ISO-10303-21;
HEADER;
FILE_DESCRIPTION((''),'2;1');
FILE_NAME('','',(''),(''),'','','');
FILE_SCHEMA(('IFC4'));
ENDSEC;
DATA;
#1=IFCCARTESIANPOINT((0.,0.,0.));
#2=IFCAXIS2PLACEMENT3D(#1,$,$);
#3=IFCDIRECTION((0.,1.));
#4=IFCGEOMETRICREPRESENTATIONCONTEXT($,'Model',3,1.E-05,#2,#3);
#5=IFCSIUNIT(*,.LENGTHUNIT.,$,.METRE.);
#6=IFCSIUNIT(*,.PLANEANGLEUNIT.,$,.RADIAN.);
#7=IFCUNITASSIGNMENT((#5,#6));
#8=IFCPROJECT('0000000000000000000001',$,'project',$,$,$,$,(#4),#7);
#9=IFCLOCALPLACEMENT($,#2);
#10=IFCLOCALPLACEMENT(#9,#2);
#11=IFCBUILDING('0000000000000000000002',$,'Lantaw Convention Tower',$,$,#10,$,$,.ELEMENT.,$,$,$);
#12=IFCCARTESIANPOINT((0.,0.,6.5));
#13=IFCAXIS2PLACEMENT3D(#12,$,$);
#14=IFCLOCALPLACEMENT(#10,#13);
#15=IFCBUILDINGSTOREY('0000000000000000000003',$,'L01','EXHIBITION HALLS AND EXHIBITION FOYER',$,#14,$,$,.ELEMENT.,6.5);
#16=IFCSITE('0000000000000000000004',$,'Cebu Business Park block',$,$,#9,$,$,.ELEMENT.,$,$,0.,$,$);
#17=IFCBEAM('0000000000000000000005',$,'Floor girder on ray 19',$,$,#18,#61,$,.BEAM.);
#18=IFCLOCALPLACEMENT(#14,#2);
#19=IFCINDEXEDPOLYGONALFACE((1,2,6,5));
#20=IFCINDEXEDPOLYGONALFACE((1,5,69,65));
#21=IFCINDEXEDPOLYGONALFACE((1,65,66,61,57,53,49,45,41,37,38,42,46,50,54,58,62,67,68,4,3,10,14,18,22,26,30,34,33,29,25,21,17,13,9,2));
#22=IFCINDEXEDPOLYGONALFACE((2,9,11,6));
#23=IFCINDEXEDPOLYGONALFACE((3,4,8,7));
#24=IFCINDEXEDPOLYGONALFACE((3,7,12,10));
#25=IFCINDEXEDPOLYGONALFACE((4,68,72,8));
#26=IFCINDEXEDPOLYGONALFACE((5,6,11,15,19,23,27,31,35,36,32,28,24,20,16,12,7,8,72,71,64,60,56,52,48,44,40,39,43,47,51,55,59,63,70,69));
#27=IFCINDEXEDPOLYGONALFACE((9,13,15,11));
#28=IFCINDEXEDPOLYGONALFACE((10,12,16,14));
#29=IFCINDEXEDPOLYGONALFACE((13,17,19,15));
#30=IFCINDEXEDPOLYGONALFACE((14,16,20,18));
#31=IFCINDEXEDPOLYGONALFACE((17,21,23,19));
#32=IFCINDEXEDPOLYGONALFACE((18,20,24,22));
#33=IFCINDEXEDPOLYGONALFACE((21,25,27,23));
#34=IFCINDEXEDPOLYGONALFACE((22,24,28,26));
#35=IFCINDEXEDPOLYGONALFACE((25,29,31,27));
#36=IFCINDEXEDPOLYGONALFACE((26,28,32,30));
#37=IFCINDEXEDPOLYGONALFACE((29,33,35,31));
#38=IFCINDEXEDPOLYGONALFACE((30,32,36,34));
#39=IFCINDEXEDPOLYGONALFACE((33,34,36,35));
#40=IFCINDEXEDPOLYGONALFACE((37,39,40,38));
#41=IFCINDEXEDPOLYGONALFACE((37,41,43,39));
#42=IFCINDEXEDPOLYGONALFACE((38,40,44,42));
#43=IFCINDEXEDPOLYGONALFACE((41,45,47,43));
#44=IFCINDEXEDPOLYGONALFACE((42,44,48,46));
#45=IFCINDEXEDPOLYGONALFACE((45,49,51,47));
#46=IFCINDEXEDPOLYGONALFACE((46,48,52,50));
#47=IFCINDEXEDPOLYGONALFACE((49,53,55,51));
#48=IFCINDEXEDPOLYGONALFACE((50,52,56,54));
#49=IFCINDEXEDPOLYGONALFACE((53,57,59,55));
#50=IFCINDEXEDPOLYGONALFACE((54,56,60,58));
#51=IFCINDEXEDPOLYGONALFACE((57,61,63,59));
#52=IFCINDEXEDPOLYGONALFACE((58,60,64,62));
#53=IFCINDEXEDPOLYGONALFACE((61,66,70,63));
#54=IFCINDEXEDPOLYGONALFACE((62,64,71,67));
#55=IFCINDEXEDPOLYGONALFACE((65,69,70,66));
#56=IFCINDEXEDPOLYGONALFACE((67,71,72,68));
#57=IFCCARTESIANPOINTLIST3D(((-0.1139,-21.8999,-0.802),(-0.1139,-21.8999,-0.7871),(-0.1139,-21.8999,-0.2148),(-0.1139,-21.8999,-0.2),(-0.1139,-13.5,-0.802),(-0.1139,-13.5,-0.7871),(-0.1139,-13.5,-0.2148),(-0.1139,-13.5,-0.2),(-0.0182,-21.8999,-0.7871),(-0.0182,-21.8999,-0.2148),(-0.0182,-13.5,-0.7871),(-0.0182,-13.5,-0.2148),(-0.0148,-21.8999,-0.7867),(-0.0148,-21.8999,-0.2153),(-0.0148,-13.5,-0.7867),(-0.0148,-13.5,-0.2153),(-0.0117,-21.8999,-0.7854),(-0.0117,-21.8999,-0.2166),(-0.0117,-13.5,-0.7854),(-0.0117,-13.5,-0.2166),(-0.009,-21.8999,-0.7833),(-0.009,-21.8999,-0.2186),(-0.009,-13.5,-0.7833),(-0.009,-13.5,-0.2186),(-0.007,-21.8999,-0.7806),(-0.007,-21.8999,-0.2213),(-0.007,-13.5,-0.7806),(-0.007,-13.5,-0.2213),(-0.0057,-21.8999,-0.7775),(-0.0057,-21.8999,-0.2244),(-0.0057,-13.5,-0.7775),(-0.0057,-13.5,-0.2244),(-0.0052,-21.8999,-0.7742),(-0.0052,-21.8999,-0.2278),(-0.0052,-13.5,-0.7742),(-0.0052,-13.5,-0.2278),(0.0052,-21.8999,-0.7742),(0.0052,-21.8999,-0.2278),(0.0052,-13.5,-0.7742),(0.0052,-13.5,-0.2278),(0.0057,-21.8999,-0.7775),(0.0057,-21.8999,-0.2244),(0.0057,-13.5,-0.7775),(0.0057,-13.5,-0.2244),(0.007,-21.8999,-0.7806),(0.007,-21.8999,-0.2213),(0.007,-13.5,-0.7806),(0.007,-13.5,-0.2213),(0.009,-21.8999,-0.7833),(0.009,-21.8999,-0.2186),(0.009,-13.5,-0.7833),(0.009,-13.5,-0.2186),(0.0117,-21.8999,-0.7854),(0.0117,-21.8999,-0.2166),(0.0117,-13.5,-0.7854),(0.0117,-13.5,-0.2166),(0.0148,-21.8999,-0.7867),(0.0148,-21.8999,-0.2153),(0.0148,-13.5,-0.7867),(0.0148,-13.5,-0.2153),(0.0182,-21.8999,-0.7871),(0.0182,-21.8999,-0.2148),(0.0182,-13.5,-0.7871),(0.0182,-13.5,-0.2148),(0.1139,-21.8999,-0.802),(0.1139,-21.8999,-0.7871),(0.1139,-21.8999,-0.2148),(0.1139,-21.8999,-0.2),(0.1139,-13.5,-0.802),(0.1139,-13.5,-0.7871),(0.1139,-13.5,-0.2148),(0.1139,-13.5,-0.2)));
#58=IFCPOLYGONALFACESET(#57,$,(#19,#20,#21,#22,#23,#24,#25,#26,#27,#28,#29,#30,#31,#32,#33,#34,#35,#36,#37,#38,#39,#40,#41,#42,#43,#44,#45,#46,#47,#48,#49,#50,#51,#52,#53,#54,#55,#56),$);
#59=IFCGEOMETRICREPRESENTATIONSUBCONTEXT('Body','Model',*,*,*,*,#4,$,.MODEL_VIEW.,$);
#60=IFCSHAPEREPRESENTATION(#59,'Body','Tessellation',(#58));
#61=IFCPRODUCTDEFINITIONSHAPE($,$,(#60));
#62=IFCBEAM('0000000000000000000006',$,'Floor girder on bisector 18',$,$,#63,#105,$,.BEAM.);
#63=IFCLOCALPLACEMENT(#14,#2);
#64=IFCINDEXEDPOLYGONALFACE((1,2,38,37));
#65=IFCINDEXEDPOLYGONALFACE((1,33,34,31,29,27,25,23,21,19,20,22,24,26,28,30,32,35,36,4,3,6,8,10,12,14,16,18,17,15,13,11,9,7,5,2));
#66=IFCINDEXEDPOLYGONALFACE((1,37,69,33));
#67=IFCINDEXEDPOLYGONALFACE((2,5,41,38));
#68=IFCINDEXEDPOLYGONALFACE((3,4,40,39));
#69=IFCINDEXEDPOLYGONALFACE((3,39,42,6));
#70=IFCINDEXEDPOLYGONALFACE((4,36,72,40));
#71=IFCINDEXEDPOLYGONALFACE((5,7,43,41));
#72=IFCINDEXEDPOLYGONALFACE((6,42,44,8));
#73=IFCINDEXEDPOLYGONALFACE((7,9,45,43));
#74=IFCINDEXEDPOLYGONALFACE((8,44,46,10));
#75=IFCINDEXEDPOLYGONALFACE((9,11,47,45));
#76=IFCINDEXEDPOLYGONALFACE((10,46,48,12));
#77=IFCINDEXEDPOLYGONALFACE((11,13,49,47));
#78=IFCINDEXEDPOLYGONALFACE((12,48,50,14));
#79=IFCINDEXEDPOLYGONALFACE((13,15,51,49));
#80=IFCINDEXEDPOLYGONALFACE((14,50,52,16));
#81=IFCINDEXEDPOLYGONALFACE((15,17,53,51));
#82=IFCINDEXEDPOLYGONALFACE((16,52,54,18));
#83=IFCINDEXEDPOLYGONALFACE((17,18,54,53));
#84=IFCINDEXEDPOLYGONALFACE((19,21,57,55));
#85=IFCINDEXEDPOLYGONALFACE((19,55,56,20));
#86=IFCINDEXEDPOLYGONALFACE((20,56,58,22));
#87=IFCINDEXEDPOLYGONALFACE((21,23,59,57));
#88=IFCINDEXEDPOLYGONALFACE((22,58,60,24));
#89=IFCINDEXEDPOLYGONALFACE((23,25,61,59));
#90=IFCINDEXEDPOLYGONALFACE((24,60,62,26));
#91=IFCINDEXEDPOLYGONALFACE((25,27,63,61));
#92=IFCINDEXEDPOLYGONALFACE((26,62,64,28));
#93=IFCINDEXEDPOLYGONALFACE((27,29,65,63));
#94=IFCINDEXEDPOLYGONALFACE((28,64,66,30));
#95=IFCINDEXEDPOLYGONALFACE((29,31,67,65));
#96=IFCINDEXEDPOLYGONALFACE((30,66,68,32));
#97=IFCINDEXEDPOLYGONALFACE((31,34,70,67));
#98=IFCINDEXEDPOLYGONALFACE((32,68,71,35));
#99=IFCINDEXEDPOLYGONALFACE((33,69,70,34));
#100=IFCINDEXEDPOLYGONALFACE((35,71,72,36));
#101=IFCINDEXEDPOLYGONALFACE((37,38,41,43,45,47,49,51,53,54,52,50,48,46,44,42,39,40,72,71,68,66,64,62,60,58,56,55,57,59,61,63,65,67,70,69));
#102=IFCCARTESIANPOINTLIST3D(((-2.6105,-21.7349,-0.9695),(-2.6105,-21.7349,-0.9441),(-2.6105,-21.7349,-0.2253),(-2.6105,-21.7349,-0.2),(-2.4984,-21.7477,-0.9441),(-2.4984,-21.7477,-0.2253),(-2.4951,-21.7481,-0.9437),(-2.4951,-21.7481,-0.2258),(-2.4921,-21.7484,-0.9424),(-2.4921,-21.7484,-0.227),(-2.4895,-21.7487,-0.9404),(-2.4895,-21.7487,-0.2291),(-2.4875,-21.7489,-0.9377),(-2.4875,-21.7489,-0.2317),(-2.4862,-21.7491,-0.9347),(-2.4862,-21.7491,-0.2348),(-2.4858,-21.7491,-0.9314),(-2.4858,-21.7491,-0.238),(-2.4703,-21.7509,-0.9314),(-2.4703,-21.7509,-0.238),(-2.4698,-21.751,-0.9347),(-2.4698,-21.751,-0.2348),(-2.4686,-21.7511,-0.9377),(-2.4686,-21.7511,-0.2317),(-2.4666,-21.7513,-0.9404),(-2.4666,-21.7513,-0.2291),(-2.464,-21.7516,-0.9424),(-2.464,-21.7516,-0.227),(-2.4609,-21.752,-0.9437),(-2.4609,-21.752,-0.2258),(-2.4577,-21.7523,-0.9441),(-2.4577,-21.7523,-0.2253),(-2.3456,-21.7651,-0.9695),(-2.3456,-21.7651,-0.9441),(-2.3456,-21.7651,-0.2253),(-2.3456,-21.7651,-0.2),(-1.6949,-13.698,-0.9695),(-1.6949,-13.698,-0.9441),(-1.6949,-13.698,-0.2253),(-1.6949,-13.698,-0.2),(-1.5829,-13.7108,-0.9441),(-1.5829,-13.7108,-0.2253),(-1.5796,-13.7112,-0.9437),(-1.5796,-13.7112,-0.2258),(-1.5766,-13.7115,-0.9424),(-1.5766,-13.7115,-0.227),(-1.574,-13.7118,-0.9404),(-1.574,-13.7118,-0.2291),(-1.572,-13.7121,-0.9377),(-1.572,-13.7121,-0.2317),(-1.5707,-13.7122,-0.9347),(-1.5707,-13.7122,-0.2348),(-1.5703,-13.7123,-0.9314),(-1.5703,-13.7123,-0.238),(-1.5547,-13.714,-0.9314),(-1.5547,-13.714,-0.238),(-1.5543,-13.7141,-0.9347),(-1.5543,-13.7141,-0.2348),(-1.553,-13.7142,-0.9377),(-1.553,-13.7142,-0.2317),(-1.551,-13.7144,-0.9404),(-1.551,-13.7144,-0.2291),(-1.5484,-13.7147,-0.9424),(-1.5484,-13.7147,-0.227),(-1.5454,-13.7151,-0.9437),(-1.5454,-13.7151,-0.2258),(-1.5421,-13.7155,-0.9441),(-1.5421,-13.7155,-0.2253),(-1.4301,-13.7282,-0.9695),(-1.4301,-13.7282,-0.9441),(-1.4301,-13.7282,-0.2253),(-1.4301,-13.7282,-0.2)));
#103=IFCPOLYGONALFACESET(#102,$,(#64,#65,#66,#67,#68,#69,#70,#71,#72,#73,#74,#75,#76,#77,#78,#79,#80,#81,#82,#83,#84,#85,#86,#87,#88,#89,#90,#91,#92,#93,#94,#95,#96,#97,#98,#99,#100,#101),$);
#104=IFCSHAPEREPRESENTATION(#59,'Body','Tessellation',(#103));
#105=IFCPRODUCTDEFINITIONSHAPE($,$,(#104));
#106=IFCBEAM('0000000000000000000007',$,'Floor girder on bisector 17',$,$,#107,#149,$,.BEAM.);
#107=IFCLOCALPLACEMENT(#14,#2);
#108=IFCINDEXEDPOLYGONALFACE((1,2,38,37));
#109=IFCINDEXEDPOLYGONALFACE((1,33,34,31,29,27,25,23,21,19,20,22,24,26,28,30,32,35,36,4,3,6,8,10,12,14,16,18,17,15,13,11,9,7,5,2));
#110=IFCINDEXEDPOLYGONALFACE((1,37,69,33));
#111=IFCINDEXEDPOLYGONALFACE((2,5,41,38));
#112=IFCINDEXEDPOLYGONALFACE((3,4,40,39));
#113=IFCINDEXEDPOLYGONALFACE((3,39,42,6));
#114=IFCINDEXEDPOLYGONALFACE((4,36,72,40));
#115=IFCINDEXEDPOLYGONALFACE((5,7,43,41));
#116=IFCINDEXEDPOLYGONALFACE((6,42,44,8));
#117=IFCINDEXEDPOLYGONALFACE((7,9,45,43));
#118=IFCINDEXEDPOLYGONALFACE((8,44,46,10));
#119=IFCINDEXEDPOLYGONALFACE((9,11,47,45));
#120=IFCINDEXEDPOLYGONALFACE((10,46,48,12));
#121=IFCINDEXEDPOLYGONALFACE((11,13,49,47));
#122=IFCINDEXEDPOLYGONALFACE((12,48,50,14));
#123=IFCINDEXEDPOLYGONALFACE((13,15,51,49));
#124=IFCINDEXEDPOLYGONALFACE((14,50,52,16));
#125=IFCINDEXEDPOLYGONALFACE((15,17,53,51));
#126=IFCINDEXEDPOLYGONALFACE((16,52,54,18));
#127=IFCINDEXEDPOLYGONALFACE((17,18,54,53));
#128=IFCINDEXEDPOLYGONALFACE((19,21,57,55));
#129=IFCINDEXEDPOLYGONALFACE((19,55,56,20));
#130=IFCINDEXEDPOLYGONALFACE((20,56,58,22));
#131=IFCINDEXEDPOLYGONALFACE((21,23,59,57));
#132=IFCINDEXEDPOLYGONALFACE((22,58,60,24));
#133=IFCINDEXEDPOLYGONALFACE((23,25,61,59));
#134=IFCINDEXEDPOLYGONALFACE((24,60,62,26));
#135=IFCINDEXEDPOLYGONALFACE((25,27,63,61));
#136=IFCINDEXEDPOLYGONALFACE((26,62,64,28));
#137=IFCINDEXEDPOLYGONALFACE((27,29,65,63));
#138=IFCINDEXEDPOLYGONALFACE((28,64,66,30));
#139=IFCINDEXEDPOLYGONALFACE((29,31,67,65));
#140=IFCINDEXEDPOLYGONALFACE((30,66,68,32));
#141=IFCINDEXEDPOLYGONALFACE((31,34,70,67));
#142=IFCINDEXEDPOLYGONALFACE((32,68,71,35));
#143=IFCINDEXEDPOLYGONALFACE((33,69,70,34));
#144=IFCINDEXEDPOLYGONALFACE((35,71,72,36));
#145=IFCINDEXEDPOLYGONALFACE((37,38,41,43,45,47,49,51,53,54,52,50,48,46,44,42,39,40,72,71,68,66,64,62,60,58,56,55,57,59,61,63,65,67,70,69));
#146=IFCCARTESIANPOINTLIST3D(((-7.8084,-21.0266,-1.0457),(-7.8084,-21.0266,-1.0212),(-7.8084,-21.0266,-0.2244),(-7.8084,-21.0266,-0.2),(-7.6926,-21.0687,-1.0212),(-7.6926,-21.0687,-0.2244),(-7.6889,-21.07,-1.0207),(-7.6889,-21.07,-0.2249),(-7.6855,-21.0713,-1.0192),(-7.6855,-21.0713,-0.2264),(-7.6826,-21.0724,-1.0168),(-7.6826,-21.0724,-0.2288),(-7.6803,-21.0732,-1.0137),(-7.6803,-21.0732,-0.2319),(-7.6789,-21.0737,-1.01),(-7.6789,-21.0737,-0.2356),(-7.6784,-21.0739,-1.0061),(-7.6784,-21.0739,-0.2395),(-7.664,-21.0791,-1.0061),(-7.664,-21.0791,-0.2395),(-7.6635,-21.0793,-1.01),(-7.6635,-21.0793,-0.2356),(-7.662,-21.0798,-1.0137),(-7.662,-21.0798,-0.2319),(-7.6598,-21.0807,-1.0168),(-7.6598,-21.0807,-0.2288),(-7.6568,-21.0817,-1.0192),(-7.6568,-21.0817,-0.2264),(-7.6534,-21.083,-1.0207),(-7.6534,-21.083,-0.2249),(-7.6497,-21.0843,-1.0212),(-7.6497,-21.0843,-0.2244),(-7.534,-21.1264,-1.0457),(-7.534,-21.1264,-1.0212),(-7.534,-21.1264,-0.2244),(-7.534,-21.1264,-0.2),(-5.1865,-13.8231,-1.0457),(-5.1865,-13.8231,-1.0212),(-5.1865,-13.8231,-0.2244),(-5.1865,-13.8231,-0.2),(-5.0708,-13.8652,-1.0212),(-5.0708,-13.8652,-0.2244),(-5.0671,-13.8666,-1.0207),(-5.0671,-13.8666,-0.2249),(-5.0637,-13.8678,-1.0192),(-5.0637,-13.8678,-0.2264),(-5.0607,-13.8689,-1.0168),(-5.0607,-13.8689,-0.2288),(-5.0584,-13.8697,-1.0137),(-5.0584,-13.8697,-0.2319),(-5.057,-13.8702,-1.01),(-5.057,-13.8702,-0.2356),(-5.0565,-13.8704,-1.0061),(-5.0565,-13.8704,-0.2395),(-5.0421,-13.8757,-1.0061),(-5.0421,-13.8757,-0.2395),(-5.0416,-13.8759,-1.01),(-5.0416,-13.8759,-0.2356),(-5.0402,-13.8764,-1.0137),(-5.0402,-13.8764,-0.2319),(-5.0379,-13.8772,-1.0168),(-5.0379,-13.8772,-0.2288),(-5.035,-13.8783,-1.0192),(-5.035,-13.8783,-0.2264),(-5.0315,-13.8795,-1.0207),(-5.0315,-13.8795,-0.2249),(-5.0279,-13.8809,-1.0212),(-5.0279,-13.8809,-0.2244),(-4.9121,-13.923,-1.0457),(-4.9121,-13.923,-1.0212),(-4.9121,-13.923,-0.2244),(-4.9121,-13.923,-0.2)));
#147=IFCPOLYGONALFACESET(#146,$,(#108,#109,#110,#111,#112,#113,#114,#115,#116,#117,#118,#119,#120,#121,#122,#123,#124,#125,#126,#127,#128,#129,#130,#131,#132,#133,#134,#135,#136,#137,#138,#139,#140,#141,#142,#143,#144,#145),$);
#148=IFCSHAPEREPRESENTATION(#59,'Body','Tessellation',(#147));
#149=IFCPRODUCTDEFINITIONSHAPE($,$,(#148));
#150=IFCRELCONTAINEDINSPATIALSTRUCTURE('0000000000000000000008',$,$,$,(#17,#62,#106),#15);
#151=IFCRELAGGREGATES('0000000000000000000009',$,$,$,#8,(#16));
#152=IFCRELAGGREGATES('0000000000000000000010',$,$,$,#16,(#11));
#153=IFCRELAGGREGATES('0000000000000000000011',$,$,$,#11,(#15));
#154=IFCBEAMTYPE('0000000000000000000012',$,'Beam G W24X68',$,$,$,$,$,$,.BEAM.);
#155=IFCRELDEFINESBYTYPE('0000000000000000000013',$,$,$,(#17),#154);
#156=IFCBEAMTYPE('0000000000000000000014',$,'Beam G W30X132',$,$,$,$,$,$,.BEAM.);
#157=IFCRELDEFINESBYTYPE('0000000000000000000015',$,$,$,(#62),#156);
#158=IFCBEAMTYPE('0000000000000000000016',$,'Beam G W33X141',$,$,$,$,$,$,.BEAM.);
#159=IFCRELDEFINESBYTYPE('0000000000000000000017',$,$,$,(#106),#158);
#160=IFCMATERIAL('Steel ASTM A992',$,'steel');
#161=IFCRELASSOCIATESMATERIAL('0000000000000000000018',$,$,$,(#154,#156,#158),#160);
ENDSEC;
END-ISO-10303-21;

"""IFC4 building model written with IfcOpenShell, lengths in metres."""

from ifc_helpers import new_model, si_unit, direction, frame, origin, origin_2d, place, context, subcontext, project, spatial, i_section, extrude, material, material_profile, profile_set, type_object, element, save


model = new_model("IFC4")

# Units and contexts
model_context = context("Model", 3, precision=1e-05, world=origin(), true_north=direction((0.0, 1.0)))
body_context = subcontext(model_context, "Body", "Model", "MODEL_VIEW")
ifc_project = project(units=[si_unit("LENGTHUNIT", "METRE"), si_unit("PLANEANGLEUNIT", "RADIAN")], contexts=[model_context])

# Site, building, storey
site_placement = place(None, origin())
site = spatial("IfcSite", under=ifc_project, at=site_placement, Name="Cebu Business Park block", CompositionType="ELEMENT", RefElevation=0.0)
building_placement = place(site_placement, origin())
building = spatial("IfcBuilding", under=site, at=building_placement, Name="Lantaw Convention Tower", CompositionType="ELEMENT")
storey_placement = place(building_placement, frame((0.0, 0.0, 6.5)))
storey = spatial("IfcBuildingStorey", under=building, at=storey_placement, Name="L01", Description="EXHIBITION HALLS AND EXHIBITION FOYER", CompositionType="ELEMENT", Elevation=6.5)

# Beams
ifc_material_1 = material(Name="Steel ASTM A992", Category="steel")
ifc_material_profile_1 = material_profile(ifc_material_1, i_section(OverallWidth=0.2278, OverallDepth=0.6021, WebThickness=0.0105, FlangeThickness=0.0149, FilletRadius=0.0129, at=origin_2d()), Name="W24X68")
ifc_profile_set_1 = profile_set([ifc_material_profile_1], Name="Steel ASTM A992")
beam_type_1 = type_object("IfcBeamType", Name="Beam G W24X68", PredefinedType="BEAM", material=ifc_profile_set_1)
beam_1_placement = place(storey_placement, frame((0.0, -13.5, -0.501), z_axis=(0.0, -1.0, 0.0), x_axis=(1.0, 0.0, 0.0)))
element("IfcBeam", 1, at=beam_1_placement, inside=storey, type_object=beam_type_1, Name="Floor girder on ray 19", PredefinedType="BEAM", context=body_context, shape_type="SweptSolid", body=[
    extrude(i_section(OverallWidth=0.2278, OverallDepth=0.6021, WebThickness=0.0105, FlangeThickness=0.0149, FilletRadius=0.0129, at=origin_2d()), origin(), (0.0, 0.0, 1.0), 8.3999),
])
ifc_material_profile_2 = material_profile(ifc_material_1, i_section(OverallWidth=0.2666, OverallDepth=0.7695, WebThickness=0.0156, FlangeThickness=0.0254, FilletRadius=0.0127, at=origin_2d()), Name="W30X132")
ifc_profile_set_2 = profile_set([ifc_material_profile_2], Name="Steel ASTM A992")
beam_type_2 = type_object("IfcBeamType", Name="Beam G W30X132", PredefinedType="BEAM", material=ifc_profile_set_2)
beam_2_placement = place(storey_placement, frame((-1.5625, -13.7131, -0.5847), z_axis=(-0.113184, -0.993574, 0.0), x_axis=(0.993574, -0.113184, 0.0)))
element("IfcBeam", 2, at=beam_2_placement, inside=storey, type_object=beam_type_2, Name="Floor girder on bisector 18", PredefinedType="BEAM", context=body_context, shape_type="SweptSolid", body=[
    extrude(i_section(OverallWidth=0.2666, OverallDepth=0.7695, WebThickness=0.0156, FlangeThickness=0.0254, FilletRadius=0.0127, at=origin_2d()), origin(), (0.0, 0.0, 1.0), 8.0889),
])
ifc_material_profile_3 = material_profile(ifc_material_1, i_section(OverallWidth=0.292, OverallDepth=0.8457, WebThickness=0.0154, FlangeThickness=0.0244, FilletRadius=0.0151, at=origin_2d()), Name="W33X141")
ifc_profile_set_3 = profile_set([ifc_material_profile_3], Name="Steel ASTM A992")
beam_type_3 = type_object("IfcBeamType", Name="Beam G W33X141", PredefinedType="BEAM", material=ifc_profile_set_3)
beam_3_placement = place(storey_placement, frame((-5.0493, -13.873, -0.6228), z_axis=(-0.342022, -0.939692, 0.0), x_axis=(0.939692, -0.342022, 0.0)))
element("IfcBeam", 3, at=beam_3_placement, inside=storey, type_object=beam_type_3, Name="Floor girder on bisector 17", PredefinedType="BEAM", context=body_context, shape_type="SweptSolid", body=[
    extrude(i_section(OverallWidth=0.292, OverallDepth=0.8457, WebThickness=0.0154, FlangeThickness=0.0244, FilletRadius=0.0151, at=origin_2d()), origin(), (0.0, 0.0, 1.0), 7.6658),
])

save(model, "model.ifc")
